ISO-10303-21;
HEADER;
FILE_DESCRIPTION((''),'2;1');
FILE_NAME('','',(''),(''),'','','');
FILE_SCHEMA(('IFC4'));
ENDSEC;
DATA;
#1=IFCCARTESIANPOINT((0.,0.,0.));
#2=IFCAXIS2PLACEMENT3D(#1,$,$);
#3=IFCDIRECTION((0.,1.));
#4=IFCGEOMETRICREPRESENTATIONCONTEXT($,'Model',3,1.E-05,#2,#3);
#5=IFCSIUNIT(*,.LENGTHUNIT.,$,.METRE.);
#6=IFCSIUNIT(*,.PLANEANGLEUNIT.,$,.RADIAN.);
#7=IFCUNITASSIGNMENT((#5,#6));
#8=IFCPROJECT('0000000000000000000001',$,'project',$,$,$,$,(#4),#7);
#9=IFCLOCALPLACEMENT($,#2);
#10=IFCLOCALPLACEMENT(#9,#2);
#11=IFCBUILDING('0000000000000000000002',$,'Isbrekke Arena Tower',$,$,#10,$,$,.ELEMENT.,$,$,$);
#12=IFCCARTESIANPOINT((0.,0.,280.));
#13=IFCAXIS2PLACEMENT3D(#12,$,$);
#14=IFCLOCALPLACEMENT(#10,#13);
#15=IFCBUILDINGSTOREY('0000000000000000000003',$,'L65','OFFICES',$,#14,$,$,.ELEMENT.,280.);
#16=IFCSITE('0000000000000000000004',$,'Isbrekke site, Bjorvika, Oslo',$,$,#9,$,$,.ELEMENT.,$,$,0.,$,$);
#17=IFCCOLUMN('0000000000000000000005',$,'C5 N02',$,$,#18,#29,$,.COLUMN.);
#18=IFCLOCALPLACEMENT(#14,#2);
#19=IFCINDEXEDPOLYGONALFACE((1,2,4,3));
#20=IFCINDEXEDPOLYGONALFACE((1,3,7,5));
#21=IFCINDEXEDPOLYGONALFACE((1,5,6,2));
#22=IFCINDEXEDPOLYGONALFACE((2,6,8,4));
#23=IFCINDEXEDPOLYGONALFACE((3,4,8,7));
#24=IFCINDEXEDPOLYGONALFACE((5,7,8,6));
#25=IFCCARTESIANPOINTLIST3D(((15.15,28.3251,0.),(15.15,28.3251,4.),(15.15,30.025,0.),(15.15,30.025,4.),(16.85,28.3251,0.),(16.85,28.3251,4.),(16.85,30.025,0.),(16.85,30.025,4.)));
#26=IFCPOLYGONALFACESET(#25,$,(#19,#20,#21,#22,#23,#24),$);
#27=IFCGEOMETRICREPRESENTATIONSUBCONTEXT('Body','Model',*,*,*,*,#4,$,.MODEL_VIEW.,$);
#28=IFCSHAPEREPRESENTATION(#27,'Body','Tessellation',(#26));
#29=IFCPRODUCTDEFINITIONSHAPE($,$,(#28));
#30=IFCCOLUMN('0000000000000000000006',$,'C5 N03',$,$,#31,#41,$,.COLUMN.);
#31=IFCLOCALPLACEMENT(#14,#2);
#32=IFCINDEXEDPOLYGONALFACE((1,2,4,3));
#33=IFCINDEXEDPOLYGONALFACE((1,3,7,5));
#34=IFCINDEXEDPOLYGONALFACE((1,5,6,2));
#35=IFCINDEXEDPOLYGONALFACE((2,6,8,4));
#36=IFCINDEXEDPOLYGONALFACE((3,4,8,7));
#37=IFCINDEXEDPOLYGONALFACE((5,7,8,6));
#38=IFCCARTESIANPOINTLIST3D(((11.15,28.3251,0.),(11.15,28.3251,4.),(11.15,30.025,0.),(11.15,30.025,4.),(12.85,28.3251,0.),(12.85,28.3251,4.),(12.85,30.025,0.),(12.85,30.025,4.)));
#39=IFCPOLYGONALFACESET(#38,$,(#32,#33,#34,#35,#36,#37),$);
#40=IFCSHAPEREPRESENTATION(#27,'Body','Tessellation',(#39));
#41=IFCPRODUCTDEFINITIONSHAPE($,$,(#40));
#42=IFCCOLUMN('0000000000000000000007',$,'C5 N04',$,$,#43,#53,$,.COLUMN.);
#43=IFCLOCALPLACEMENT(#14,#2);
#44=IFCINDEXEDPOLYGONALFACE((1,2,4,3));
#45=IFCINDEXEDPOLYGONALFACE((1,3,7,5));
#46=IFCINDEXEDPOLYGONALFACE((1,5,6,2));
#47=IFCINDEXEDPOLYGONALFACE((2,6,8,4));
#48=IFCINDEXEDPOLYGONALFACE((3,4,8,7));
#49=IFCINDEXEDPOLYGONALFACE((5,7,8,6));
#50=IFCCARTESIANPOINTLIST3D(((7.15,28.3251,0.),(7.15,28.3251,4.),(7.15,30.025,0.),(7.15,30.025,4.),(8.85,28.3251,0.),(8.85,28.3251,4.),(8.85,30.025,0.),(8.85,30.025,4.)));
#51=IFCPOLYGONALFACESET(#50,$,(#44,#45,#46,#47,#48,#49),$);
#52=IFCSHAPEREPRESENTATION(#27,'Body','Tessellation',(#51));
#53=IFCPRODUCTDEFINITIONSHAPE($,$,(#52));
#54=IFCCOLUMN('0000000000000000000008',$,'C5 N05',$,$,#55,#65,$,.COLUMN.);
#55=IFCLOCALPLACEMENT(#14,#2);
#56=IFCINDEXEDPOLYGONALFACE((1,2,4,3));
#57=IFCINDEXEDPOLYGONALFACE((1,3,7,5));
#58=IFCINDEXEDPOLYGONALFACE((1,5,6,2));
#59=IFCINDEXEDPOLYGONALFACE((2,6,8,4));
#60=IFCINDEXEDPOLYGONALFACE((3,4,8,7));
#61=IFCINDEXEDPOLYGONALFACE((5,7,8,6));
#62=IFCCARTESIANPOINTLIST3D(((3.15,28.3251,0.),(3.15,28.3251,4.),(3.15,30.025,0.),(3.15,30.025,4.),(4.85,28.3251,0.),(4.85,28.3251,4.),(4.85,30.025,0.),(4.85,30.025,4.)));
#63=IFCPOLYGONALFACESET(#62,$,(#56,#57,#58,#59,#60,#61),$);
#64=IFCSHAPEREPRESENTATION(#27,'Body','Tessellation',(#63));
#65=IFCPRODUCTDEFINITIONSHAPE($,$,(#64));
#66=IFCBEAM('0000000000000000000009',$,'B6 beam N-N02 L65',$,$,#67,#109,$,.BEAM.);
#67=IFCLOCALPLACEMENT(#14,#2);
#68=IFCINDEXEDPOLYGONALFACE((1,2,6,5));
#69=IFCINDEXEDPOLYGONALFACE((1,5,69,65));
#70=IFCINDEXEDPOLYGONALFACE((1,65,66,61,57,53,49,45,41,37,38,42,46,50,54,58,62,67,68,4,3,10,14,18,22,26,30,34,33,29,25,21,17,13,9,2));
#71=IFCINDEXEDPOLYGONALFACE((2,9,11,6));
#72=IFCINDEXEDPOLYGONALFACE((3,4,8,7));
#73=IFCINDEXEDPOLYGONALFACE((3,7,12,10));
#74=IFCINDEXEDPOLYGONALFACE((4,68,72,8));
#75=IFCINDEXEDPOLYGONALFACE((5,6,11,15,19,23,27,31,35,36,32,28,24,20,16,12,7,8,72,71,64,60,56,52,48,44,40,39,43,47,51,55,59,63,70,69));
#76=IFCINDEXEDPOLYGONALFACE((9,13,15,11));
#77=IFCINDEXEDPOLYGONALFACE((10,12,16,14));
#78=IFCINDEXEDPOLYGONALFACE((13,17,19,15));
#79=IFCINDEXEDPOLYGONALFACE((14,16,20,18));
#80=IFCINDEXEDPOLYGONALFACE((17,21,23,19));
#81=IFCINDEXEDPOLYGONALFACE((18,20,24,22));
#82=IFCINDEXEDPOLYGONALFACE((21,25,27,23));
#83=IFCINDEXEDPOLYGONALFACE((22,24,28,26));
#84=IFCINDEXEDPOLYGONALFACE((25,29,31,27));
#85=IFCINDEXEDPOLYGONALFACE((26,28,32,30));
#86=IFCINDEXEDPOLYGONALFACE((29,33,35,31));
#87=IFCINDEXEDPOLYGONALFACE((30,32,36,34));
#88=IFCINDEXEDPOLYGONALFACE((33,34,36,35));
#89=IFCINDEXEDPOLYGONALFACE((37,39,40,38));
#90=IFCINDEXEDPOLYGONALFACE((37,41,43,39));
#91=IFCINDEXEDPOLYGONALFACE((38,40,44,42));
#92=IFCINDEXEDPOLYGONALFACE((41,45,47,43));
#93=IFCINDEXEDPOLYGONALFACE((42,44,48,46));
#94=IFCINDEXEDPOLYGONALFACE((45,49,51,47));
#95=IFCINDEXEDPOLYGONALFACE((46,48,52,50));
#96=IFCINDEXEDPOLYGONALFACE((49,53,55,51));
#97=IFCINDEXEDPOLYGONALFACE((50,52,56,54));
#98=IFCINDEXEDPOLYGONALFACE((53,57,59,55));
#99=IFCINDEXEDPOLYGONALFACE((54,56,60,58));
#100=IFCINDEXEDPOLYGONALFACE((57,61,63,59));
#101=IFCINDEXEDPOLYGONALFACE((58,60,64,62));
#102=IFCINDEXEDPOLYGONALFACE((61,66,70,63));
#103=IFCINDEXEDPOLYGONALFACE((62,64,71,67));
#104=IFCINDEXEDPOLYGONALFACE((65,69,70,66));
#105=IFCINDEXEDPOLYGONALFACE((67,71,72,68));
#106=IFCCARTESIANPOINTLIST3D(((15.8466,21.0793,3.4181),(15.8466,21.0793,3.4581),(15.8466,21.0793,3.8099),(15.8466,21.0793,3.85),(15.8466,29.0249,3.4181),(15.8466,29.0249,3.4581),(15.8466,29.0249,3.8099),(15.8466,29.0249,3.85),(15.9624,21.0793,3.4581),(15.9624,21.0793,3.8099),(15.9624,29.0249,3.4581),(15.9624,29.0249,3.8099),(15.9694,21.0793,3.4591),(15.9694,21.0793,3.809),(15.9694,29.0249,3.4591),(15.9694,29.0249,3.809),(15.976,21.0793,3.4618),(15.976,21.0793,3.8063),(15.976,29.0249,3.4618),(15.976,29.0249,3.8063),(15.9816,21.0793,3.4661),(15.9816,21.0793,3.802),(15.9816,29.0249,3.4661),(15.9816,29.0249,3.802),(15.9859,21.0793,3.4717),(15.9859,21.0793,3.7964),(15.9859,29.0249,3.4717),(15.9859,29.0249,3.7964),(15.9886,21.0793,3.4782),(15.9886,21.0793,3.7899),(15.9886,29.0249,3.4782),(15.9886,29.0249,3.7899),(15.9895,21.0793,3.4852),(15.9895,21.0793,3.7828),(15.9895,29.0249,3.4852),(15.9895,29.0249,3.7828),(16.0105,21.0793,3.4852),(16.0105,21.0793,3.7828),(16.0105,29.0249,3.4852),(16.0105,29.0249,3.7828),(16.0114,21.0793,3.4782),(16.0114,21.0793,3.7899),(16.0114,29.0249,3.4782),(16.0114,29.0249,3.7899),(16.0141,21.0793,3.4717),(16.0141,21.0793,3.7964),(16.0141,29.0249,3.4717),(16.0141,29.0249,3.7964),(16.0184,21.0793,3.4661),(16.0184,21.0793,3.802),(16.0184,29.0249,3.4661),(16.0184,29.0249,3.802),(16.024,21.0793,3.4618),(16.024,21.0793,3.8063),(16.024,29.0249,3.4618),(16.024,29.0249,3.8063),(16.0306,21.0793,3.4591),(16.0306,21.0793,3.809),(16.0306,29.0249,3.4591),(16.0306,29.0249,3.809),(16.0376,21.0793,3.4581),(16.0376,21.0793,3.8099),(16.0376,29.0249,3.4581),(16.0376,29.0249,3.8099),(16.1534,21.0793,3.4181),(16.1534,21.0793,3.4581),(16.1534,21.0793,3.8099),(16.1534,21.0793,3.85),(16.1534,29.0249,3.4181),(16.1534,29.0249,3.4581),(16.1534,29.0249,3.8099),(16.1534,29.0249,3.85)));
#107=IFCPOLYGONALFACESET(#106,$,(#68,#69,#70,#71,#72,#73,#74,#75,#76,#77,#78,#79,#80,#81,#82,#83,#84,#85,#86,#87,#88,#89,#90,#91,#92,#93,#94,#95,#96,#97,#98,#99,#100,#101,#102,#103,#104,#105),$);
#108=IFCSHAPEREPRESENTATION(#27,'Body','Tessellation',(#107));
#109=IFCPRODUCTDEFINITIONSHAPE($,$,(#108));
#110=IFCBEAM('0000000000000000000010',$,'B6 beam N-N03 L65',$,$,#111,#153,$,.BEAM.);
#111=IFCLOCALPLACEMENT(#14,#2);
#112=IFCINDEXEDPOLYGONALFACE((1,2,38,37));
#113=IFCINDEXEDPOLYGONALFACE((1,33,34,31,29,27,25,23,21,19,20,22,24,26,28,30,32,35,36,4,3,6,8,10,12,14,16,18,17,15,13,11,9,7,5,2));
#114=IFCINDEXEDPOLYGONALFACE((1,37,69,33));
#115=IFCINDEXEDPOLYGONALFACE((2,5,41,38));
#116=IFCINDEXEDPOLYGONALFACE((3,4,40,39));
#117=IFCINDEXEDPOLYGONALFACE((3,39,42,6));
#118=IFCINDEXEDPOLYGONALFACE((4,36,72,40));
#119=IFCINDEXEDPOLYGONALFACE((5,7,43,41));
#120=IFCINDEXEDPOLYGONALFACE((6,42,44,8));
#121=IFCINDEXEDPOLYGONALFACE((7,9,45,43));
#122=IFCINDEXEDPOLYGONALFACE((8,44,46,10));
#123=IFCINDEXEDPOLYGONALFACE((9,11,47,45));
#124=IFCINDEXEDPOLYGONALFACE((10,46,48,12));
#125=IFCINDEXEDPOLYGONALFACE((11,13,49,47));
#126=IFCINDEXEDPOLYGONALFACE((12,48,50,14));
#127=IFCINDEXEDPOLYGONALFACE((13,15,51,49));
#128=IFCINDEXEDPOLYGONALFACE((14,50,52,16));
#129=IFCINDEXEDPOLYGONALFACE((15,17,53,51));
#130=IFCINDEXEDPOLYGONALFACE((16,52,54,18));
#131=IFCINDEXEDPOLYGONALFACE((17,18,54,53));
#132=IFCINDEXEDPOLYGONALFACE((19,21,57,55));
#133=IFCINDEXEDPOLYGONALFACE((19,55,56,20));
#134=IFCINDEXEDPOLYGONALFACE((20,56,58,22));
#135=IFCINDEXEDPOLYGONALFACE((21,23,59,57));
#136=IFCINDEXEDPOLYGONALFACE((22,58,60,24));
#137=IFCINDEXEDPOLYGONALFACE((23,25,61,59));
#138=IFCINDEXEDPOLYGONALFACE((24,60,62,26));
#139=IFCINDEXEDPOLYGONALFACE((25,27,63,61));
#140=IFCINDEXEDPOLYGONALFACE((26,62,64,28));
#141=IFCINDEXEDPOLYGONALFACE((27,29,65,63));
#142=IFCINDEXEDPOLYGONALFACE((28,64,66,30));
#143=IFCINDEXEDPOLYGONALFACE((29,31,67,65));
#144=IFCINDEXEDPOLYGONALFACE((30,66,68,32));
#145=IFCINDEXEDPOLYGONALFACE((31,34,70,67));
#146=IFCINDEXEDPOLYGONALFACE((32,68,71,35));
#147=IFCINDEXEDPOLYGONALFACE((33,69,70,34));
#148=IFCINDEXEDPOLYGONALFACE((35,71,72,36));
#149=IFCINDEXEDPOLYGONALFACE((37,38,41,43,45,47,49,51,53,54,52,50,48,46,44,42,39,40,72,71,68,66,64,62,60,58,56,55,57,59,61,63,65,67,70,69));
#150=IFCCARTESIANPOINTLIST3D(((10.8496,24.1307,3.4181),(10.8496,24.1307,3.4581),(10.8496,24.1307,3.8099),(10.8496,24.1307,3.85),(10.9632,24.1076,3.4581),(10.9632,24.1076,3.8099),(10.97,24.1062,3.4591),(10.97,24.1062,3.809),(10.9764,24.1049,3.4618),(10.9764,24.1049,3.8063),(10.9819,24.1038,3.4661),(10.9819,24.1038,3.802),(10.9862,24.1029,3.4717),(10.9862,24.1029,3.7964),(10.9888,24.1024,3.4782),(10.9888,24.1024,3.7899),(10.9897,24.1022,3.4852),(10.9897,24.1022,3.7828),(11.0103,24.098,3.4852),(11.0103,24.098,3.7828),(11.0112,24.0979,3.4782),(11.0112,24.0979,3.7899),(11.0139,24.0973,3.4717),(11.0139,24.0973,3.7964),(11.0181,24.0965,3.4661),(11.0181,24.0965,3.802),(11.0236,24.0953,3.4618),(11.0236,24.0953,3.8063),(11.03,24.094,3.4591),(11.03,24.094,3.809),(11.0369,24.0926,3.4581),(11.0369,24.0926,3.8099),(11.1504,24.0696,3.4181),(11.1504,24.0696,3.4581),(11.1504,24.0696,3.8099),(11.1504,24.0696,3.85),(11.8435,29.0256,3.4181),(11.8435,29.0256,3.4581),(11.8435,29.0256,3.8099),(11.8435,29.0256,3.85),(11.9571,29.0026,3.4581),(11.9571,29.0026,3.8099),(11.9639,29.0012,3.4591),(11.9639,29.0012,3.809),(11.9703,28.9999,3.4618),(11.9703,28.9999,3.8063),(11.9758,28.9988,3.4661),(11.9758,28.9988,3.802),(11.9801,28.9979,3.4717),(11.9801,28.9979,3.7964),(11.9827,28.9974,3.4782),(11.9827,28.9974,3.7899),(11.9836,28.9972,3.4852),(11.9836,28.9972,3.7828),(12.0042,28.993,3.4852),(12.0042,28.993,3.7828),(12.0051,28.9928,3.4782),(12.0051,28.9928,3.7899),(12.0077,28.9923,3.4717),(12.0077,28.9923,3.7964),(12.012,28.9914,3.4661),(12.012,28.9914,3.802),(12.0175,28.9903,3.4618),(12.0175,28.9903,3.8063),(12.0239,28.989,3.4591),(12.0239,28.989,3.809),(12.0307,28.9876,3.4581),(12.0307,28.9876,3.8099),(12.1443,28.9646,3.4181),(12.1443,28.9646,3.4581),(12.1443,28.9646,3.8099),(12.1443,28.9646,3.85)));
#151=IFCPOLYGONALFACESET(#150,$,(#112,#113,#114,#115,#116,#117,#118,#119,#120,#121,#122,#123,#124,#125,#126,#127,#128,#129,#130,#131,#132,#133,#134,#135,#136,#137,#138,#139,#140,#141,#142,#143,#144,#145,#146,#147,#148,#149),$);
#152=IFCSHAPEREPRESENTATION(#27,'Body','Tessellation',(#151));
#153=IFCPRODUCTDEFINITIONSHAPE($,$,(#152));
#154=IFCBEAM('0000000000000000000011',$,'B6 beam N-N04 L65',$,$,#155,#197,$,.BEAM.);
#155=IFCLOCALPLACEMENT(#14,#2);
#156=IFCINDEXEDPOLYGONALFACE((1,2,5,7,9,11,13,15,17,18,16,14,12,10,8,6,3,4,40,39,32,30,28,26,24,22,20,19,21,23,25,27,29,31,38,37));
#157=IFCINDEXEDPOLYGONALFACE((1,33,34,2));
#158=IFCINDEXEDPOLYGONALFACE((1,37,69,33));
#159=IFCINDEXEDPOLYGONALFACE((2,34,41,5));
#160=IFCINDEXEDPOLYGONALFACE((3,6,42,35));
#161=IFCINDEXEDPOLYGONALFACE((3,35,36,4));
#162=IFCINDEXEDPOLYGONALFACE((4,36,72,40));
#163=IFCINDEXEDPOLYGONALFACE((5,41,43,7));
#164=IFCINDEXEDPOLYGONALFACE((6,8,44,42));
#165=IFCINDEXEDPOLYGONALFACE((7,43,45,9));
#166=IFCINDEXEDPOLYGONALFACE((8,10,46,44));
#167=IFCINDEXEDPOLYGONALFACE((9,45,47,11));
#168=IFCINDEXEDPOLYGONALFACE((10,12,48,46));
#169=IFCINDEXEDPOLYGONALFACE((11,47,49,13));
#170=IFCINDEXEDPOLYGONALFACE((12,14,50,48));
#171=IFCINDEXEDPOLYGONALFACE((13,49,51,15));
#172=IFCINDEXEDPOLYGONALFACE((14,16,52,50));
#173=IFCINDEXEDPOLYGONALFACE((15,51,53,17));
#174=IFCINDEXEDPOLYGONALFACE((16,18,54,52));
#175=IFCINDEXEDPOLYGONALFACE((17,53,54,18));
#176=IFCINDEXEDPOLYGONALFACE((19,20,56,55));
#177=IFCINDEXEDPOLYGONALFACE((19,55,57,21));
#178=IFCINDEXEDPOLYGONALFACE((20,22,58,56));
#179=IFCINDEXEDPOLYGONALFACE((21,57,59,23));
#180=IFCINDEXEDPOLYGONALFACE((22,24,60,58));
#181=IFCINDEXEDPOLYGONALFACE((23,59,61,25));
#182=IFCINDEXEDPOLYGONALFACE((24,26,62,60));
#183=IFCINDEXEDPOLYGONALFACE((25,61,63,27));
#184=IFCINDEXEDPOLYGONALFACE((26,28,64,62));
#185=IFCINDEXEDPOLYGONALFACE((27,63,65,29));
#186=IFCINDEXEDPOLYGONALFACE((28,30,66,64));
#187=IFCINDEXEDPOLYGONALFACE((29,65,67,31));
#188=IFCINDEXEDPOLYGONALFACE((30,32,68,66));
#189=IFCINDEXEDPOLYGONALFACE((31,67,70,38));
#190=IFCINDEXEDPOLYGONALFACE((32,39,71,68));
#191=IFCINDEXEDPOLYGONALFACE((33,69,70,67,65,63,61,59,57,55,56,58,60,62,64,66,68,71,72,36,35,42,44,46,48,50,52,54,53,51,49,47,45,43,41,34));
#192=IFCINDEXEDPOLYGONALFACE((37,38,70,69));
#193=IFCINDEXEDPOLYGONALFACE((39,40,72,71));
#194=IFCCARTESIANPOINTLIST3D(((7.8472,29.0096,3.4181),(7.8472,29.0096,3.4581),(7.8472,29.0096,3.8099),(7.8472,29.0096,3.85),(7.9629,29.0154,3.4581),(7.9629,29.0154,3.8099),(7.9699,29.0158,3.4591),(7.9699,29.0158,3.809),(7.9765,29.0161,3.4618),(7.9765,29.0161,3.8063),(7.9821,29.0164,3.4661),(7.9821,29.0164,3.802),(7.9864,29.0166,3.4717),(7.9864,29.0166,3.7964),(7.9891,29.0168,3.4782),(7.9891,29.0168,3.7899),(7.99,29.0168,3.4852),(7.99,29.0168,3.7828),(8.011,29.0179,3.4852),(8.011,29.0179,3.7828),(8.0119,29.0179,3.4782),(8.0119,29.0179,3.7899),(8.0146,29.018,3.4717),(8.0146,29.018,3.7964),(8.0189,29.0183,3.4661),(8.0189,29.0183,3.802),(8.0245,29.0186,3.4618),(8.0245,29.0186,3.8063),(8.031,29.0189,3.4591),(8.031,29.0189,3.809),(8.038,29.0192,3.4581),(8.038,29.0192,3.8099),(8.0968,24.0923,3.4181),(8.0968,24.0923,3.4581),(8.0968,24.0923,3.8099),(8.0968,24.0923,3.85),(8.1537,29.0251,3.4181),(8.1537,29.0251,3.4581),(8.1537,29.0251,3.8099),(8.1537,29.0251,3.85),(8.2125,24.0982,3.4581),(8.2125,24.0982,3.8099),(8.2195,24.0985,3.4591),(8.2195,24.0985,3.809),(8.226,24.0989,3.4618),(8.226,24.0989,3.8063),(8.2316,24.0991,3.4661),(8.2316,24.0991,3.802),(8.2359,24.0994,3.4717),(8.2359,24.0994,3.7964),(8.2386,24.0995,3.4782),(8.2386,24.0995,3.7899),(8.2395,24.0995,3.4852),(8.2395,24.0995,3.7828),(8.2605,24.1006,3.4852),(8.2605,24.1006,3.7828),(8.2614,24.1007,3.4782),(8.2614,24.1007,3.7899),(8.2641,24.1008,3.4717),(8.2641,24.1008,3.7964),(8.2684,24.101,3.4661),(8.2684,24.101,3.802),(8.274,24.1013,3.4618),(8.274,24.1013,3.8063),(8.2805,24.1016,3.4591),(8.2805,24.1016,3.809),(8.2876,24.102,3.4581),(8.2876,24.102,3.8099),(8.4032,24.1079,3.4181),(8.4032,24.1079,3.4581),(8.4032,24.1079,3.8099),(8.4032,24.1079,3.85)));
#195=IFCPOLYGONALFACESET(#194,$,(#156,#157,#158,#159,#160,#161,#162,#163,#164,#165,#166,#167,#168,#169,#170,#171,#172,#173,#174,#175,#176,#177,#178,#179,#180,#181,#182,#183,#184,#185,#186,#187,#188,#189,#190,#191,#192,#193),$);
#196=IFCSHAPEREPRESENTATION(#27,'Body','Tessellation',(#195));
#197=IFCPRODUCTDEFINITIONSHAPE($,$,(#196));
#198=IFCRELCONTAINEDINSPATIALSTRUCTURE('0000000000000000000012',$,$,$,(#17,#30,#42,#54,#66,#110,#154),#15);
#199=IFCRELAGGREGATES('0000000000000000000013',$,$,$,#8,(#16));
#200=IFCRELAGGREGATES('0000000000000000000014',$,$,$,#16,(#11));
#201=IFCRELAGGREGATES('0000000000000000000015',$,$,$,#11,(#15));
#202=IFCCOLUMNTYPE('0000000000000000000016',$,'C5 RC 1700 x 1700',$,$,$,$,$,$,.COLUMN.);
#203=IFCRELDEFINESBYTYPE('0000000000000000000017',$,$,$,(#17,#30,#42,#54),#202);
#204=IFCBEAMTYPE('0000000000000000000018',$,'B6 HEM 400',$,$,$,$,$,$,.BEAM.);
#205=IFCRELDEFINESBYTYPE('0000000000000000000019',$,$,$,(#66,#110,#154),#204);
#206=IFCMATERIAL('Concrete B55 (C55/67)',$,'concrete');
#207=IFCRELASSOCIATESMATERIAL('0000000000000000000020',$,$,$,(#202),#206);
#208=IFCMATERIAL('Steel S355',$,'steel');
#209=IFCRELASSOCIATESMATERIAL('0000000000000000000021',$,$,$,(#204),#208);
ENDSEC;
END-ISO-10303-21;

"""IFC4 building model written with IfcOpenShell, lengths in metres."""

from ifc_helpers import new_model, si_unit, direction, frame, origin, origin_2d, place, context, subcontext, project, spatial, rectangle, i_section, extrude, material, material_profile, profile_set, type_object, element, save


model = new_model("IFC4")

# Units and contexts
model_context = context("Model", 3, precision=1e-05, world=origin(), true_north=direction((0.0, 1.0)))
body_context = subcontext(model_context, "Body", "Model", "MODEL_VIEW")
ifc_project = project(units=[si_unit("LENGTHUNIT", "METRE"), si_unit("PLANEANGLEUNIT", "RADIAN")], contexts=[model_context])

# Site, building, storey
site_placement = place(None, origin())
site = spatial("IfcSite", under=ifc_project, at=site_placement, Name="Isbrekke site, Bjorvika, Oslo", CompositionType="ELEMENT", RefElevation=0.0)
building_placement = place(site_placement, origin())
building = spatial("IfcBuilding", under=site, at=building_placement, Name="Isbrekke Arena Tower", CompositionType="ELEMENT")
storey_placement = place(building_placement, frame((0.0, 0.0, 280.0)))
storey = spatial("IfcBuildingStorey", under=building, at=storey_placement, Name="L65", Description="OFFICES", CompositionType="ELEMENT", Elevation=280.0)

# Columns
ifc_material_1 = material(Name="Concrete B55 (C55/67)", Category="concrete")
ifc_material_profile_1 = material_profile(ifc_material_1, rectangle(XDim=1.7, YDim=1.7, at=origin_2d()), Name="RC 1700x1700")
ifc_profile_set_1 = profile_set([ifc_material_profile_1], Name="Concrete B55 (C55/67)")
column_type = type_object("IfcColumnType", Name="C5 RC 1700 x 1700", PredefinedType="COLUMN", material=ifc_profile_set_1)
for number, where, z_axis, x_axis, name in (
    (1, (16.0, 29.175, 0.0), (0.0, 0.0, 1.0), (-1.0, 0.0, 0.0), "C5 N02"),
    (2, (12.0, 29.175, 0.0), (0.0, 0.0, 1.0), (-1.0, 0.0, 0.0), "C5 N03"),
    (3, (8.0, 29.175, 0.0), (0.0, 0.0, 1.0), (-1.0, 0.0, 0.0), "C5 N04"),
    (4, (4.0, 29.175, 0.0), (0.0, 0.0, 1.0), (-1.0, 0.0, 0.0), "C5 N05"),
):
    element("IfcColumn", number, at=place(storey_placement, frame(where, z_axis=z_axis, x_axis=x_axis)), inside=storey, type_object=column_type, Name=name, PredefinedType="COLUMN", context=body_context, shape_type="SweptSolid", body=[
        extrude(rectangle(XDim=1.7, YDim=1.7, at=origin_2d()), origin(), (0.0, 0.0, 1.0), 4.0),
    ])

# Beams
ifc_material_2 = material(Name="Steel S355", Category="steel")
ifc_material_profile_2 = material_profile(ifc_material_2, i_section(OverallWidth=0.3069, OverallDepth=0.4319, WebThickness=0.021, FlangeThickness=0.04, FilletRadius=0.0271, at=origin_2d()), Name="HEM 400")
ifc_profile_set_2 = profile_set([ifc_material_profile_2], Name="Steel S355")
beam_type_1 = type_object("IfcBeamType", Name="B6 HEM 400", PredefinedType="BEAM", material=ifc_profile_set_2)
beam_1_placement = place(storey_placement, frame((16.0, 29.0249, 3.634), z_axis=(0.0, -1.0, 0.0), x_axis=(1.0, 0.0, 0.0)))
element("IfcBeam", 5, at=beam_1_placement, inside=storey, type_object=beam_type_1, Name="B6 beam N-N02 L65", PredefinedType="BEAM", context=body_context, shape_type="SweptSolid", body=[
    extrude(i_section(OverallWidth=0.3069, OverallDepth=0.4319, WebThickness=0.021, FlangeThickness=0.04, FilletRadius=0.0271, at=origin_2d()), origin(), (0.0, 0.0, 1.0), 7.9456),
])
beam_2_placement = place(storey_placement, frame((11.9939, 28.9951, 3.634), z_axis=(-0.198982, -0.980003, 0.0), x_axis=(0.980003, -0.198982, 0.0)))
element("IfcBeam", 6, at=beam_2_placement, inside=storey, type_object=beam_type_1, Name="B6 beam N-N03 L65", PredefinedType="BEAM", context=body_context, shape_type="SweptSolid", body=[
    extrude(i_section(OverallWidth=0.3069, OverallDepth=0.4319, WebThickness=0.021, FlangeThickness=0.04, FilletRadius=0.0271, at=origin_2d()), origin(), (0.0, 0.0, 1.0), 4.9949),
])
beam_3_placement = place(storey_placement, frame((8.0005, 29.0173, 3.634), z_axis=(0.050677, -0.998715, 0.0), x_axis=(0.998715, 0.050677, 0.0)))
element("IfcBeam", 7, at=beam_3_placement, inside=storey, type_object=beam_type_1, Name="B6 beam N-N04 L65", PredefinedType="BEAM", context=body_context, shape_type="SweptSolid", body=[
    extrude(i_section(OverallWidth=0.3069, OverallDepth=0.4319, WebThickness=0.021, FlangeThickness=0.04, FilletRadius=0.0271, at=origin_2d()), origin(), (0.0, 0.0, 1.0), 4.9236),
])

save(model, "model.ifc")
